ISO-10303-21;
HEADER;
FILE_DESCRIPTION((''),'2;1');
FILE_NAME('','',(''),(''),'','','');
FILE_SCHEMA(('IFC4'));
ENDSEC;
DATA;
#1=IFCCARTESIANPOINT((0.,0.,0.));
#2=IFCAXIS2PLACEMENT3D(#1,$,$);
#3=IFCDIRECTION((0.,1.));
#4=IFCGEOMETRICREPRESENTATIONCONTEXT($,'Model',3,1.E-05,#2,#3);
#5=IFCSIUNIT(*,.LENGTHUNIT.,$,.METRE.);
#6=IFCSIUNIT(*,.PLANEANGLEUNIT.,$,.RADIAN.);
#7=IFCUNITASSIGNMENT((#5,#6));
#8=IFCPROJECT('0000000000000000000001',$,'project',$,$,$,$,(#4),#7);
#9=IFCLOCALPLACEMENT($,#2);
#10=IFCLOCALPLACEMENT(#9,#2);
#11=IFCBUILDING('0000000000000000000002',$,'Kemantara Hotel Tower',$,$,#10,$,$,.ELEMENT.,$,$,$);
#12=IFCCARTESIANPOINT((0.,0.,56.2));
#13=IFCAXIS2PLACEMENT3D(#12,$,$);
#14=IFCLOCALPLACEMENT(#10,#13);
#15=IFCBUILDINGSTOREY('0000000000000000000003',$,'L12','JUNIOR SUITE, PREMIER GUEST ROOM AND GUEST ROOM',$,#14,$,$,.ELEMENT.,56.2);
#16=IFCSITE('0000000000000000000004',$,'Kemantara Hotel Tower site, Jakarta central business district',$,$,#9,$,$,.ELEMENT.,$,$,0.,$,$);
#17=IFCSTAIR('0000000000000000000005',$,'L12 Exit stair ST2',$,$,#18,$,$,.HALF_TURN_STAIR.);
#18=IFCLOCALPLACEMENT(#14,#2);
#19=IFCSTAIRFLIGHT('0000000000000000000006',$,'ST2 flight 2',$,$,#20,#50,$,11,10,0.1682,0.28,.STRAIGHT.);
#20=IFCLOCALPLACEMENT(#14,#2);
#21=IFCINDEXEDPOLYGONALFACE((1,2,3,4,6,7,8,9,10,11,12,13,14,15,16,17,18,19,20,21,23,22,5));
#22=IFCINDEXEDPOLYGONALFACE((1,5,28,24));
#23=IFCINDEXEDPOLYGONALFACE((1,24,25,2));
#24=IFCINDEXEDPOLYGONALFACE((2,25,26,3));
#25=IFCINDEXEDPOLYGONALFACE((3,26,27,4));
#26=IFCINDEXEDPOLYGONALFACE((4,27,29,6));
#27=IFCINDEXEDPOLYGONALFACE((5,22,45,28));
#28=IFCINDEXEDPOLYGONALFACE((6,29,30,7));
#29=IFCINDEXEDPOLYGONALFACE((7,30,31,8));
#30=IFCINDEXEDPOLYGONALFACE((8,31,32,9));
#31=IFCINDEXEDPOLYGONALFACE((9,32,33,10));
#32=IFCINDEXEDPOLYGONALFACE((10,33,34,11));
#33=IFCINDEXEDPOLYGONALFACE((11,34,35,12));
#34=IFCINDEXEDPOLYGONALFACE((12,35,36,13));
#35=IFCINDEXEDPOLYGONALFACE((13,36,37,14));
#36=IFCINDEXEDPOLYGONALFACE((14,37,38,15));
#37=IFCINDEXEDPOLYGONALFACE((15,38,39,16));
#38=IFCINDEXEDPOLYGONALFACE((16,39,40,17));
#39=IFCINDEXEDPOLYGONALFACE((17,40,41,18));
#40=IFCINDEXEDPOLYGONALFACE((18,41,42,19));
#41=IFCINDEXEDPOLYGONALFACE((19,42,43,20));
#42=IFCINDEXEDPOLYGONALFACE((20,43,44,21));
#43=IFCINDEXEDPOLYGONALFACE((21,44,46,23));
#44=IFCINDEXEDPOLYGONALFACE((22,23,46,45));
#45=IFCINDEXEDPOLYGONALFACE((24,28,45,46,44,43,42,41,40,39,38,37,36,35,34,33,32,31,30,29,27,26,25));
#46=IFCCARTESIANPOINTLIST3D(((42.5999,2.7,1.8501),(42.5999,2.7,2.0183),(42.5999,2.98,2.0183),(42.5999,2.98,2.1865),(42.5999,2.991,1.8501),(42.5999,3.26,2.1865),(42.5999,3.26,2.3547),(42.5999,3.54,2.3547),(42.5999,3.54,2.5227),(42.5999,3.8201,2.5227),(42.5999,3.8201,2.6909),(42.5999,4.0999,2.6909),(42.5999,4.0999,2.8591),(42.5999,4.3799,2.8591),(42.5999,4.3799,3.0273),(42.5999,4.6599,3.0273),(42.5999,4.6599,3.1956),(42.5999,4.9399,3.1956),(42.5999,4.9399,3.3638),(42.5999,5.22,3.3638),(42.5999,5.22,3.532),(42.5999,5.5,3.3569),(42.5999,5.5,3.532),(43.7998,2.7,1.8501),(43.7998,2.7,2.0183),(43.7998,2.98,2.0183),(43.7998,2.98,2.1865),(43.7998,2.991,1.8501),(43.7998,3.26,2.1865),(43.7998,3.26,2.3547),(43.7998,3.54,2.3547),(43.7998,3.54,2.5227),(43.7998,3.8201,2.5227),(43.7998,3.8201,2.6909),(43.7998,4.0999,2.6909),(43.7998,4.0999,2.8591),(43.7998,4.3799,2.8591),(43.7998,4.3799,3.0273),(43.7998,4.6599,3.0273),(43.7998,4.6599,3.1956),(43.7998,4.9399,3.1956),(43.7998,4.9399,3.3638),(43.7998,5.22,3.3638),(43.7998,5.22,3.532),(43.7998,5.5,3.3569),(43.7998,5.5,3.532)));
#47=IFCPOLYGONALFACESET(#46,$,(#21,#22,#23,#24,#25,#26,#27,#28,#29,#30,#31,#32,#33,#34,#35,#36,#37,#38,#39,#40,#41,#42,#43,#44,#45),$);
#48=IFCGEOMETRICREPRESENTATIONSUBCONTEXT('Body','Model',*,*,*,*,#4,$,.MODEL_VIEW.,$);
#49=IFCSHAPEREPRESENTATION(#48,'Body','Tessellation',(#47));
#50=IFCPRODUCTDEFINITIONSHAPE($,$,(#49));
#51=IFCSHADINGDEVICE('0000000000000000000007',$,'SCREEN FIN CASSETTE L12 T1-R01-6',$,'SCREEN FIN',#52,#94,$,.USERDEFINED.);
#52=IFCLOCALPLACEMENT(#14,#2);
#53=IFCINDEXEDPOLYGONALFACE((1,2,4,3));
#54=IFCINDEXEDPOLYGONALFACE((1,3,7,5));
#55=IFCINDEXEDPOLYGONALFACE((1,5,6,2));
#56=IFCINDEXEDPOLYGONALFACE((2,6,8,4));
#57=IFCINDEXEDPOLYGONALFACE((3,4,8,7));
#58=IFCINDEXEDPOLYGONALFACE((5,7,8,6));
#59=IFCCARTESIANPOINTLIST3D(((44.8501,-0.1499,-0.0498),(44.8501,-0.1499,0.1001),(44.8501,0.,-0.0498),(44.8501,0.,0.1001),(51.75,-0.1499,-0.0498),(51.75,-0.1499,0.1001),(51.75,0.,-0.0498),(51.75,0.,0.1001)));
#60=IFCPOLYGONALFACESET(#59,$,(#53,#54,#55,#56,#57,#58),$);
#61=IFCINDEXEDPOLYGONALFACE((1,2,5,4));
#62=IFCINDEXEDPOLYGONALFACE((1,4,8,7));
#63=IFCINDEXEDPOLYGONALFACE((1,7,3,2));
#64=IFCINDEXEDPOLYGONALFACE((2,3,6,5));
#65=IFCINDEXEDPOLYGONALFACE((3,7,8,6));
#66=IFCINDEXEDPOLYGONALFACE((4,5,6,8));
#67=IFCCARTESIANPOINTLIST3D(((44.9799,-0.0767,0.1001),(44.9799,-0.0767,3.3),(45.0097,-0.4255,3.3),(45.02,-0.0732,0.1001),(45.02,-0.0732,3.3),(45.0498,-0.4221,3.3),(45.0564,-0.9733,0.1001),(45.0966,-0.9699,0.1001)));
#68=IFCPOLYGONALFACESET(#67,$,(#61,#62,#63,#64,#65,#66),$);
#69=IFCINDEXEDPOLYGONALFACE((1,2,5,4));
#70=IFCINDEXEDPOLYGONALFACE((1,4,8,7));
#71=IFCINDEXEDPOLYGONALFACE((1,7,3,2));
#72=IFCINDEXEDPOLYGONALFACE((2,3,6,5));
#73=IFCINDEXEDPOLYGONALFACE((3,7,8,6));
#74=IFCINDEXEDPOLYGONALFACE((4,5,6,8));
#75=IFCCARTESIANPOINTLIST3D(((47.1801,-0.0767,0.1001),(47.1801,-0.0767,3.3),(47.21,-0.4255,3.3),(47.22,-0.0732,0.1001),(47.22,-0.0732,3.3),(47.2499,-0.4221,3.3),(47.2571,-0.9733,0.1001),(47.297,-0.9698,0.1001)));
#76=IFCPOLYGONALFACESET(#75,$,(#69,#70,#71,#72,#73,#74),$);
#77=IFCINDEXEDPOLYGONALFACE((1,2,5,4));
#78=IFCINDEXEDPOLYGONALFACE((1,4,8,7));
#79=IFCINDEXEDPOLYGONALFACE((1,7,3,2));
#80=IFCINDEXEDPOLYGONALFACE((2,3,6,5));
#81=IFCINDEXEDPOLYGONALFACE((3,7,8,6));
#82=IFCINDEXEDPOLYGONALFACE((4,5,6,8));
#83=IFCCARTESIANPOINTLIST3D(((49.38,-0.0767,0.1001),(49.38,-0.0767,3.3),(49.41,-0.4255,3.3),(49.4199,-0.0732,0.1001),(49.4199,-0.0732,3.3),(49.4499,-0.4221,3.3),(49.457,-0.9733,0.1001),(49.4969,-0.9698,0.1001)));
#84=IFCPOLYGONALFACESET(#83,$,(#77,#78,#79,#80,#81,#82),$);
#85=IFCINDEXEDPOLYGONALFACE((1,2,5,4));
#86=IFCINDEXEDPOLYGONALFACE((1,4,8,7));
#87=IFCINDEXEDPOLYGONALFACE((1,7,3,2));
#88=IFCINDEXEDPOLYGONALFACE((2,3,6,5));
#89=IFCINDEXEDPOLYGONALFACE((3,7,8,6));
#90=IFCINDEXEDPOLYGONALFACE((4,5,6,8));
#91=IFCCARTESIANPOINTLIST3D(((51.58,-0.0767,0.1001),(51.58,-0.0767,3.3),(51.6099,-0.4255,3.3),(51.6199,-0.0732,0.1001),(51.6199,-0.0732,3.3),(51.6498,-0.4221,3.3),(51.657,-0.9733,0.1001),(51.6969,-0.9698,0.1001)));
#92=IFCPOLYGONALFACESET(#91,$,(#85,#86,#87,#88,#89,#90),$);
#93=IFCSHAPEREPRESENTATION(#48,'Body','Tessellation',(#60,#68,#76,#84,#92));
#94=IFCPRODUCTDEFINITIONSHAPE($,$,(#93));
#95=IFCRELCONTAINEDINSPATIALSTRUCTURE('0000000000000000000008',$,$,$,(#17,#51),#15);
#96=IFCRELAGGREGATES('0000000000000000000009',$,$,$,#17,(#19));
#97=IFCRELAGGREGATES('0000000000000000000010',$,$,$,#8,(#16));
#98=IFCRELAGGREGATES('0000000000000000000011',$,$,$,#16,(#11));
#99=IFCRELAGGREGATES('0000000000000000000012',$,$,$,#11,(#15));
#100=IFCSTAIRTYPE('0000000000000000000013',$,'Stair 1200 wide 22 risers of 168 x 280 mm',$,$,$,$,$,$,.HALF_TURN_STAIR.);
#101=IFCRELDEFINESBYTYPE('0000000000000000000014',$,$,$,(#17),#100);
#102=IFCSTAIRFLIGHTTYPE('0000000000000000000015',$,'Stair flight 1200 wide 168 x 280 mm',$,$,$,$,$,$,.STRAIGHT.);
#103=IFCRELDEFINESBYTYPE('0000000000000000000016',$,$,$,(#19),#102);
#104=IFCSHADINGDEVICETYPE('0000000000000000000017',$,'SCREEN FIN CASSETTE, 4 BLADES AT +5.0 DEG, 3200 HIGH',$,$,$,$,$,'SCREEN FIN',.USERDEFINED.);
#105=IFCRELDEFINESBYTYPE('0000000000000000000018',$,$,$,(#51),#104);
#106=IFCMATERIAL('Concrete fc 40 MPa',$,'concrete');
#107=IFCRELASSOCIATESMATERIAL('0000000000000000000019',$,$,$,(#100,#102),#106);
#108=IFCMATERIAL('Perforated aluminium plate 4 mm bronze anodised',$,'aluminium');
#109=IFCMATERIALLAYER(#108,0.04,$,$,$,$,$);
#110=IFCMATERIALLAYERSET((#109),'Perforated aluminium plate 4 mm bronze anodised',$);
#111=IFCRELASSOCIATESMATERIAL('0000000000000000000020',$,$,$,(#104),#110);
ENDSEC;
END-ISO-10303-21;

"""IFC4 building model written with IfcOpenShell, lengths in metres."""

from ifc_helpers import new_model, si_unit, direction, frame, origin, origin_2d, place, context, subcontext, project, spatial, polyline, rectangle, outline, extrude, source, transform, mapped, material, layer, layer_set, type_object, element, aggregate, save


model = new_model("IFC4")

# Units and contexts
model_context = context("Model", 3, precision=1e-05, world=origin(), true_north=direction((0.0, 1.0)))
body_context = subcontext(model_context, "Body", "Model", "MODEL_VIEW")
ifc_project = project(units=[si_unit("LENGTHUNIT", "METRE"), si_unit("PLANEANGLEUNIT", "RADIAN")], contexts=[model_context])

# Site, building, storey
site_placement = place(None, origin())
site = spatial("IfcSite", under=ifc_project, at=site_placement, Name="Kemantara Hotel Tower site, Jakarta central business district", CompositionType="ELEMENT", RefElevation=0.0)
building_placement = place(site_placement, origin())
building = spatial("IfcBuilding", under=site, at=building_placement, Name="Kemantara Hotel Tower", CompositionType="ELEMENT")
storey_placement = place(building_placement, frame((0.0, 0.0, 56.2)))
storey = spatial("IfcBuildingStorey", under=building, at=storey_placement, Name="L12", Description="JUNIOR SUITE, PREMIER GUEST ROOM AND GUEST ROOM", CompositionType="ELEMENT", Elevation=56.2)

# Stair, stair flight
ifc_material_1 = material(Name="Concrete fc 40 MPa", Category="concrete")
stair_type = type_object("IfcStairType", Name="Stair 1200 wide 22 risers of 168 x 280 mm", PredefinedType="HALF_TURN_STAIR", material=ifc_material_1)
stair_placement = place(storey_placement, origin())
stair = element("IfcStair", 1, at=stair_placement, inside=storey, type_object=stair_type, Name="L12 Exit stair ST2", PredefinedType="HALF_TURN_STAIR")
stair_flight_type = type_object("IfcStairFlightType", Name="Stair flight 1200 wide 168 x 280 mm", PredefinedType="STRAIGHT", material=ifc_material_1)
stair_flight_1_placement = place(storey_placement, frame((43.2, 2.7, 1.8501), z_axis=(0.0, 0.0, 1.0), x_axis=(0.0, 1.0, 0.0)))
stair_flight_1 = element("IfcStairFlight", 2, at=stair_flight_1_placement, type_object=stair_flight_type, Name="ST2 flight 2", NumberOfRisers=11, NumberOfTreads=10, PredefinedType="STRAIGHT", RiserHeight=0.1682, TreadLength=0.28, context=body_context, shape_type="SweptSolid", body=[
    extrude(outline(polyline([(0.0, 0.0), (0.0, 0.1682), (0.28, 0.1682), (0.28, 0.3364), (0.5601, 0.3364), (0.5601, 0.5046), (0.8401, 0.5046), (0.8401, 0.6726), (1.1201, 0.6726), (1.1201, 0.8408), (1.3999, 0.8408), (1.3999, 1.009), (1.6799, 1.009), (1.6799, 1.1772), (1.96, 1.1772), (1.96, 1.3455), (2.24, 1.3455), (2.24, 1.5137), (2.52, 1.5137), (2.52, 1.6819), (2.8, 1.6819), (2.8, 1.8501), (2.8, 1.5068), (0.291, 0.0), (0.0, 0.0)])), frame((0.0, 0.6001, 0.0), z_axis=(0.0, -1.0, 0.0), x_axis=(1.0, 0.0, 0.0)), (0.0, 0.0, 1.0), 1.2),
])
aggregate(stair, [stair_flight_1])

# Shading device
ifc_material_2 = material(Name="Perforated aluminium plate 4 mm bronze anodised", Category="aluminium")
ifc_layer_1 = layer(ifc_material_2, 0.04)
ifc_layer_set_1 = layer_set([ifc_layer_1], Name="Perforated aluminium plate 4 mm bronze anodised")
shading_device_type = type_object("IfcShadingDeviceType", Name="SCREEN FIN CASSETTE, 4 BLADES AT +5.0 DEG, 3200 HIGH", ElementType="SCREEN FIN", PredefinedType="USERDEFINED", material=ifc_layer_set_1)
shared_shape = source(origin(), body_context, "Body", "SweptSolid", [
    extrude(rectangle(XDim=6.8999, YDim=0.1499, at=origin_2d()), frame((3.3, -0.075, -0.1499), z_axis=(0.0, 0.0, 1.0), x_axis=(1.0, 0.0, 0.0)), (0.0, 0.0, 1.0), 0.1499),
    extrude(outline(polyline([(0.0, 0.0), (0.8999, 0.0), (0.3501, 3.2), (0.0, 3.2), (0.0, 0.0)])), frame((0.02, -0.0732, 0.0), z_axis=(-0.996376, -0.085056, 0.0), x_axis=(0.085056, -0.996376, 0.0)), (0.0, 0.0, 1.0), 0.0403),
    extrude(outline(polyline([(0.0, 0.0), (0.8999, 0.0), (0.3501, 3.2), (0.0, 3.2), (0.0, 0.0)])), frame((2.22, -0.0732, 0.0), z_axis=(-0.996332, -0.085575, 0.0), x_axis=(0.085575, -0.996332, 0.0)), (0.0, 0.0, 1.0), 0.04),
    extrude(outline(polyline([(0.0, 0.0), (0.8999, 0.0), (0.3501, 3.2), (0.0, 3.2), (0.0, 0.0)])), frame((4.4199, -0.0732, 0.0), z_axis=(-0.996332, -0.085575, 0.0), x_axis=(0.085575, -0.996332, 0.0)), (0.0, 0.0, 1.0), 0.04),
    extrude(outline(polyline([(0.0, 0.0), (0.8999, 0.0), (0.3501, 3.2), (0.0, 3.2), (0.0, 0.0)])), frame((6.6199, -0.0732, 0.0), z_axis=(-0.996332, -0.085575, 0.0), x_axis=(0.085575, -0.996332, 0.0)), (0.0, 0.0, 1.0), 0.04),
])
shading_device_placement = place(storey_placement, frame((45.0, 0.0, 0.1001), z_axis=(0.0, 0.0, 1.0), x_axis=(1.0, 0.0, 0.0)))
element("IfcShadingDevice", 3, at=shading_device_placement, inside=storey, type_object=shading_device_type, Name="SCREEN FIN CASSETTE L12 T1-R01-6", ObjectType="SCREEN FIN", PredefinedType="USERDEFINED", context=body_context, shape_type="MappedRepresentation", body=[
    mapped(shared_shape, transform((0.0, 0.0, 0.0))),
])

save(model, "model.ifc")
